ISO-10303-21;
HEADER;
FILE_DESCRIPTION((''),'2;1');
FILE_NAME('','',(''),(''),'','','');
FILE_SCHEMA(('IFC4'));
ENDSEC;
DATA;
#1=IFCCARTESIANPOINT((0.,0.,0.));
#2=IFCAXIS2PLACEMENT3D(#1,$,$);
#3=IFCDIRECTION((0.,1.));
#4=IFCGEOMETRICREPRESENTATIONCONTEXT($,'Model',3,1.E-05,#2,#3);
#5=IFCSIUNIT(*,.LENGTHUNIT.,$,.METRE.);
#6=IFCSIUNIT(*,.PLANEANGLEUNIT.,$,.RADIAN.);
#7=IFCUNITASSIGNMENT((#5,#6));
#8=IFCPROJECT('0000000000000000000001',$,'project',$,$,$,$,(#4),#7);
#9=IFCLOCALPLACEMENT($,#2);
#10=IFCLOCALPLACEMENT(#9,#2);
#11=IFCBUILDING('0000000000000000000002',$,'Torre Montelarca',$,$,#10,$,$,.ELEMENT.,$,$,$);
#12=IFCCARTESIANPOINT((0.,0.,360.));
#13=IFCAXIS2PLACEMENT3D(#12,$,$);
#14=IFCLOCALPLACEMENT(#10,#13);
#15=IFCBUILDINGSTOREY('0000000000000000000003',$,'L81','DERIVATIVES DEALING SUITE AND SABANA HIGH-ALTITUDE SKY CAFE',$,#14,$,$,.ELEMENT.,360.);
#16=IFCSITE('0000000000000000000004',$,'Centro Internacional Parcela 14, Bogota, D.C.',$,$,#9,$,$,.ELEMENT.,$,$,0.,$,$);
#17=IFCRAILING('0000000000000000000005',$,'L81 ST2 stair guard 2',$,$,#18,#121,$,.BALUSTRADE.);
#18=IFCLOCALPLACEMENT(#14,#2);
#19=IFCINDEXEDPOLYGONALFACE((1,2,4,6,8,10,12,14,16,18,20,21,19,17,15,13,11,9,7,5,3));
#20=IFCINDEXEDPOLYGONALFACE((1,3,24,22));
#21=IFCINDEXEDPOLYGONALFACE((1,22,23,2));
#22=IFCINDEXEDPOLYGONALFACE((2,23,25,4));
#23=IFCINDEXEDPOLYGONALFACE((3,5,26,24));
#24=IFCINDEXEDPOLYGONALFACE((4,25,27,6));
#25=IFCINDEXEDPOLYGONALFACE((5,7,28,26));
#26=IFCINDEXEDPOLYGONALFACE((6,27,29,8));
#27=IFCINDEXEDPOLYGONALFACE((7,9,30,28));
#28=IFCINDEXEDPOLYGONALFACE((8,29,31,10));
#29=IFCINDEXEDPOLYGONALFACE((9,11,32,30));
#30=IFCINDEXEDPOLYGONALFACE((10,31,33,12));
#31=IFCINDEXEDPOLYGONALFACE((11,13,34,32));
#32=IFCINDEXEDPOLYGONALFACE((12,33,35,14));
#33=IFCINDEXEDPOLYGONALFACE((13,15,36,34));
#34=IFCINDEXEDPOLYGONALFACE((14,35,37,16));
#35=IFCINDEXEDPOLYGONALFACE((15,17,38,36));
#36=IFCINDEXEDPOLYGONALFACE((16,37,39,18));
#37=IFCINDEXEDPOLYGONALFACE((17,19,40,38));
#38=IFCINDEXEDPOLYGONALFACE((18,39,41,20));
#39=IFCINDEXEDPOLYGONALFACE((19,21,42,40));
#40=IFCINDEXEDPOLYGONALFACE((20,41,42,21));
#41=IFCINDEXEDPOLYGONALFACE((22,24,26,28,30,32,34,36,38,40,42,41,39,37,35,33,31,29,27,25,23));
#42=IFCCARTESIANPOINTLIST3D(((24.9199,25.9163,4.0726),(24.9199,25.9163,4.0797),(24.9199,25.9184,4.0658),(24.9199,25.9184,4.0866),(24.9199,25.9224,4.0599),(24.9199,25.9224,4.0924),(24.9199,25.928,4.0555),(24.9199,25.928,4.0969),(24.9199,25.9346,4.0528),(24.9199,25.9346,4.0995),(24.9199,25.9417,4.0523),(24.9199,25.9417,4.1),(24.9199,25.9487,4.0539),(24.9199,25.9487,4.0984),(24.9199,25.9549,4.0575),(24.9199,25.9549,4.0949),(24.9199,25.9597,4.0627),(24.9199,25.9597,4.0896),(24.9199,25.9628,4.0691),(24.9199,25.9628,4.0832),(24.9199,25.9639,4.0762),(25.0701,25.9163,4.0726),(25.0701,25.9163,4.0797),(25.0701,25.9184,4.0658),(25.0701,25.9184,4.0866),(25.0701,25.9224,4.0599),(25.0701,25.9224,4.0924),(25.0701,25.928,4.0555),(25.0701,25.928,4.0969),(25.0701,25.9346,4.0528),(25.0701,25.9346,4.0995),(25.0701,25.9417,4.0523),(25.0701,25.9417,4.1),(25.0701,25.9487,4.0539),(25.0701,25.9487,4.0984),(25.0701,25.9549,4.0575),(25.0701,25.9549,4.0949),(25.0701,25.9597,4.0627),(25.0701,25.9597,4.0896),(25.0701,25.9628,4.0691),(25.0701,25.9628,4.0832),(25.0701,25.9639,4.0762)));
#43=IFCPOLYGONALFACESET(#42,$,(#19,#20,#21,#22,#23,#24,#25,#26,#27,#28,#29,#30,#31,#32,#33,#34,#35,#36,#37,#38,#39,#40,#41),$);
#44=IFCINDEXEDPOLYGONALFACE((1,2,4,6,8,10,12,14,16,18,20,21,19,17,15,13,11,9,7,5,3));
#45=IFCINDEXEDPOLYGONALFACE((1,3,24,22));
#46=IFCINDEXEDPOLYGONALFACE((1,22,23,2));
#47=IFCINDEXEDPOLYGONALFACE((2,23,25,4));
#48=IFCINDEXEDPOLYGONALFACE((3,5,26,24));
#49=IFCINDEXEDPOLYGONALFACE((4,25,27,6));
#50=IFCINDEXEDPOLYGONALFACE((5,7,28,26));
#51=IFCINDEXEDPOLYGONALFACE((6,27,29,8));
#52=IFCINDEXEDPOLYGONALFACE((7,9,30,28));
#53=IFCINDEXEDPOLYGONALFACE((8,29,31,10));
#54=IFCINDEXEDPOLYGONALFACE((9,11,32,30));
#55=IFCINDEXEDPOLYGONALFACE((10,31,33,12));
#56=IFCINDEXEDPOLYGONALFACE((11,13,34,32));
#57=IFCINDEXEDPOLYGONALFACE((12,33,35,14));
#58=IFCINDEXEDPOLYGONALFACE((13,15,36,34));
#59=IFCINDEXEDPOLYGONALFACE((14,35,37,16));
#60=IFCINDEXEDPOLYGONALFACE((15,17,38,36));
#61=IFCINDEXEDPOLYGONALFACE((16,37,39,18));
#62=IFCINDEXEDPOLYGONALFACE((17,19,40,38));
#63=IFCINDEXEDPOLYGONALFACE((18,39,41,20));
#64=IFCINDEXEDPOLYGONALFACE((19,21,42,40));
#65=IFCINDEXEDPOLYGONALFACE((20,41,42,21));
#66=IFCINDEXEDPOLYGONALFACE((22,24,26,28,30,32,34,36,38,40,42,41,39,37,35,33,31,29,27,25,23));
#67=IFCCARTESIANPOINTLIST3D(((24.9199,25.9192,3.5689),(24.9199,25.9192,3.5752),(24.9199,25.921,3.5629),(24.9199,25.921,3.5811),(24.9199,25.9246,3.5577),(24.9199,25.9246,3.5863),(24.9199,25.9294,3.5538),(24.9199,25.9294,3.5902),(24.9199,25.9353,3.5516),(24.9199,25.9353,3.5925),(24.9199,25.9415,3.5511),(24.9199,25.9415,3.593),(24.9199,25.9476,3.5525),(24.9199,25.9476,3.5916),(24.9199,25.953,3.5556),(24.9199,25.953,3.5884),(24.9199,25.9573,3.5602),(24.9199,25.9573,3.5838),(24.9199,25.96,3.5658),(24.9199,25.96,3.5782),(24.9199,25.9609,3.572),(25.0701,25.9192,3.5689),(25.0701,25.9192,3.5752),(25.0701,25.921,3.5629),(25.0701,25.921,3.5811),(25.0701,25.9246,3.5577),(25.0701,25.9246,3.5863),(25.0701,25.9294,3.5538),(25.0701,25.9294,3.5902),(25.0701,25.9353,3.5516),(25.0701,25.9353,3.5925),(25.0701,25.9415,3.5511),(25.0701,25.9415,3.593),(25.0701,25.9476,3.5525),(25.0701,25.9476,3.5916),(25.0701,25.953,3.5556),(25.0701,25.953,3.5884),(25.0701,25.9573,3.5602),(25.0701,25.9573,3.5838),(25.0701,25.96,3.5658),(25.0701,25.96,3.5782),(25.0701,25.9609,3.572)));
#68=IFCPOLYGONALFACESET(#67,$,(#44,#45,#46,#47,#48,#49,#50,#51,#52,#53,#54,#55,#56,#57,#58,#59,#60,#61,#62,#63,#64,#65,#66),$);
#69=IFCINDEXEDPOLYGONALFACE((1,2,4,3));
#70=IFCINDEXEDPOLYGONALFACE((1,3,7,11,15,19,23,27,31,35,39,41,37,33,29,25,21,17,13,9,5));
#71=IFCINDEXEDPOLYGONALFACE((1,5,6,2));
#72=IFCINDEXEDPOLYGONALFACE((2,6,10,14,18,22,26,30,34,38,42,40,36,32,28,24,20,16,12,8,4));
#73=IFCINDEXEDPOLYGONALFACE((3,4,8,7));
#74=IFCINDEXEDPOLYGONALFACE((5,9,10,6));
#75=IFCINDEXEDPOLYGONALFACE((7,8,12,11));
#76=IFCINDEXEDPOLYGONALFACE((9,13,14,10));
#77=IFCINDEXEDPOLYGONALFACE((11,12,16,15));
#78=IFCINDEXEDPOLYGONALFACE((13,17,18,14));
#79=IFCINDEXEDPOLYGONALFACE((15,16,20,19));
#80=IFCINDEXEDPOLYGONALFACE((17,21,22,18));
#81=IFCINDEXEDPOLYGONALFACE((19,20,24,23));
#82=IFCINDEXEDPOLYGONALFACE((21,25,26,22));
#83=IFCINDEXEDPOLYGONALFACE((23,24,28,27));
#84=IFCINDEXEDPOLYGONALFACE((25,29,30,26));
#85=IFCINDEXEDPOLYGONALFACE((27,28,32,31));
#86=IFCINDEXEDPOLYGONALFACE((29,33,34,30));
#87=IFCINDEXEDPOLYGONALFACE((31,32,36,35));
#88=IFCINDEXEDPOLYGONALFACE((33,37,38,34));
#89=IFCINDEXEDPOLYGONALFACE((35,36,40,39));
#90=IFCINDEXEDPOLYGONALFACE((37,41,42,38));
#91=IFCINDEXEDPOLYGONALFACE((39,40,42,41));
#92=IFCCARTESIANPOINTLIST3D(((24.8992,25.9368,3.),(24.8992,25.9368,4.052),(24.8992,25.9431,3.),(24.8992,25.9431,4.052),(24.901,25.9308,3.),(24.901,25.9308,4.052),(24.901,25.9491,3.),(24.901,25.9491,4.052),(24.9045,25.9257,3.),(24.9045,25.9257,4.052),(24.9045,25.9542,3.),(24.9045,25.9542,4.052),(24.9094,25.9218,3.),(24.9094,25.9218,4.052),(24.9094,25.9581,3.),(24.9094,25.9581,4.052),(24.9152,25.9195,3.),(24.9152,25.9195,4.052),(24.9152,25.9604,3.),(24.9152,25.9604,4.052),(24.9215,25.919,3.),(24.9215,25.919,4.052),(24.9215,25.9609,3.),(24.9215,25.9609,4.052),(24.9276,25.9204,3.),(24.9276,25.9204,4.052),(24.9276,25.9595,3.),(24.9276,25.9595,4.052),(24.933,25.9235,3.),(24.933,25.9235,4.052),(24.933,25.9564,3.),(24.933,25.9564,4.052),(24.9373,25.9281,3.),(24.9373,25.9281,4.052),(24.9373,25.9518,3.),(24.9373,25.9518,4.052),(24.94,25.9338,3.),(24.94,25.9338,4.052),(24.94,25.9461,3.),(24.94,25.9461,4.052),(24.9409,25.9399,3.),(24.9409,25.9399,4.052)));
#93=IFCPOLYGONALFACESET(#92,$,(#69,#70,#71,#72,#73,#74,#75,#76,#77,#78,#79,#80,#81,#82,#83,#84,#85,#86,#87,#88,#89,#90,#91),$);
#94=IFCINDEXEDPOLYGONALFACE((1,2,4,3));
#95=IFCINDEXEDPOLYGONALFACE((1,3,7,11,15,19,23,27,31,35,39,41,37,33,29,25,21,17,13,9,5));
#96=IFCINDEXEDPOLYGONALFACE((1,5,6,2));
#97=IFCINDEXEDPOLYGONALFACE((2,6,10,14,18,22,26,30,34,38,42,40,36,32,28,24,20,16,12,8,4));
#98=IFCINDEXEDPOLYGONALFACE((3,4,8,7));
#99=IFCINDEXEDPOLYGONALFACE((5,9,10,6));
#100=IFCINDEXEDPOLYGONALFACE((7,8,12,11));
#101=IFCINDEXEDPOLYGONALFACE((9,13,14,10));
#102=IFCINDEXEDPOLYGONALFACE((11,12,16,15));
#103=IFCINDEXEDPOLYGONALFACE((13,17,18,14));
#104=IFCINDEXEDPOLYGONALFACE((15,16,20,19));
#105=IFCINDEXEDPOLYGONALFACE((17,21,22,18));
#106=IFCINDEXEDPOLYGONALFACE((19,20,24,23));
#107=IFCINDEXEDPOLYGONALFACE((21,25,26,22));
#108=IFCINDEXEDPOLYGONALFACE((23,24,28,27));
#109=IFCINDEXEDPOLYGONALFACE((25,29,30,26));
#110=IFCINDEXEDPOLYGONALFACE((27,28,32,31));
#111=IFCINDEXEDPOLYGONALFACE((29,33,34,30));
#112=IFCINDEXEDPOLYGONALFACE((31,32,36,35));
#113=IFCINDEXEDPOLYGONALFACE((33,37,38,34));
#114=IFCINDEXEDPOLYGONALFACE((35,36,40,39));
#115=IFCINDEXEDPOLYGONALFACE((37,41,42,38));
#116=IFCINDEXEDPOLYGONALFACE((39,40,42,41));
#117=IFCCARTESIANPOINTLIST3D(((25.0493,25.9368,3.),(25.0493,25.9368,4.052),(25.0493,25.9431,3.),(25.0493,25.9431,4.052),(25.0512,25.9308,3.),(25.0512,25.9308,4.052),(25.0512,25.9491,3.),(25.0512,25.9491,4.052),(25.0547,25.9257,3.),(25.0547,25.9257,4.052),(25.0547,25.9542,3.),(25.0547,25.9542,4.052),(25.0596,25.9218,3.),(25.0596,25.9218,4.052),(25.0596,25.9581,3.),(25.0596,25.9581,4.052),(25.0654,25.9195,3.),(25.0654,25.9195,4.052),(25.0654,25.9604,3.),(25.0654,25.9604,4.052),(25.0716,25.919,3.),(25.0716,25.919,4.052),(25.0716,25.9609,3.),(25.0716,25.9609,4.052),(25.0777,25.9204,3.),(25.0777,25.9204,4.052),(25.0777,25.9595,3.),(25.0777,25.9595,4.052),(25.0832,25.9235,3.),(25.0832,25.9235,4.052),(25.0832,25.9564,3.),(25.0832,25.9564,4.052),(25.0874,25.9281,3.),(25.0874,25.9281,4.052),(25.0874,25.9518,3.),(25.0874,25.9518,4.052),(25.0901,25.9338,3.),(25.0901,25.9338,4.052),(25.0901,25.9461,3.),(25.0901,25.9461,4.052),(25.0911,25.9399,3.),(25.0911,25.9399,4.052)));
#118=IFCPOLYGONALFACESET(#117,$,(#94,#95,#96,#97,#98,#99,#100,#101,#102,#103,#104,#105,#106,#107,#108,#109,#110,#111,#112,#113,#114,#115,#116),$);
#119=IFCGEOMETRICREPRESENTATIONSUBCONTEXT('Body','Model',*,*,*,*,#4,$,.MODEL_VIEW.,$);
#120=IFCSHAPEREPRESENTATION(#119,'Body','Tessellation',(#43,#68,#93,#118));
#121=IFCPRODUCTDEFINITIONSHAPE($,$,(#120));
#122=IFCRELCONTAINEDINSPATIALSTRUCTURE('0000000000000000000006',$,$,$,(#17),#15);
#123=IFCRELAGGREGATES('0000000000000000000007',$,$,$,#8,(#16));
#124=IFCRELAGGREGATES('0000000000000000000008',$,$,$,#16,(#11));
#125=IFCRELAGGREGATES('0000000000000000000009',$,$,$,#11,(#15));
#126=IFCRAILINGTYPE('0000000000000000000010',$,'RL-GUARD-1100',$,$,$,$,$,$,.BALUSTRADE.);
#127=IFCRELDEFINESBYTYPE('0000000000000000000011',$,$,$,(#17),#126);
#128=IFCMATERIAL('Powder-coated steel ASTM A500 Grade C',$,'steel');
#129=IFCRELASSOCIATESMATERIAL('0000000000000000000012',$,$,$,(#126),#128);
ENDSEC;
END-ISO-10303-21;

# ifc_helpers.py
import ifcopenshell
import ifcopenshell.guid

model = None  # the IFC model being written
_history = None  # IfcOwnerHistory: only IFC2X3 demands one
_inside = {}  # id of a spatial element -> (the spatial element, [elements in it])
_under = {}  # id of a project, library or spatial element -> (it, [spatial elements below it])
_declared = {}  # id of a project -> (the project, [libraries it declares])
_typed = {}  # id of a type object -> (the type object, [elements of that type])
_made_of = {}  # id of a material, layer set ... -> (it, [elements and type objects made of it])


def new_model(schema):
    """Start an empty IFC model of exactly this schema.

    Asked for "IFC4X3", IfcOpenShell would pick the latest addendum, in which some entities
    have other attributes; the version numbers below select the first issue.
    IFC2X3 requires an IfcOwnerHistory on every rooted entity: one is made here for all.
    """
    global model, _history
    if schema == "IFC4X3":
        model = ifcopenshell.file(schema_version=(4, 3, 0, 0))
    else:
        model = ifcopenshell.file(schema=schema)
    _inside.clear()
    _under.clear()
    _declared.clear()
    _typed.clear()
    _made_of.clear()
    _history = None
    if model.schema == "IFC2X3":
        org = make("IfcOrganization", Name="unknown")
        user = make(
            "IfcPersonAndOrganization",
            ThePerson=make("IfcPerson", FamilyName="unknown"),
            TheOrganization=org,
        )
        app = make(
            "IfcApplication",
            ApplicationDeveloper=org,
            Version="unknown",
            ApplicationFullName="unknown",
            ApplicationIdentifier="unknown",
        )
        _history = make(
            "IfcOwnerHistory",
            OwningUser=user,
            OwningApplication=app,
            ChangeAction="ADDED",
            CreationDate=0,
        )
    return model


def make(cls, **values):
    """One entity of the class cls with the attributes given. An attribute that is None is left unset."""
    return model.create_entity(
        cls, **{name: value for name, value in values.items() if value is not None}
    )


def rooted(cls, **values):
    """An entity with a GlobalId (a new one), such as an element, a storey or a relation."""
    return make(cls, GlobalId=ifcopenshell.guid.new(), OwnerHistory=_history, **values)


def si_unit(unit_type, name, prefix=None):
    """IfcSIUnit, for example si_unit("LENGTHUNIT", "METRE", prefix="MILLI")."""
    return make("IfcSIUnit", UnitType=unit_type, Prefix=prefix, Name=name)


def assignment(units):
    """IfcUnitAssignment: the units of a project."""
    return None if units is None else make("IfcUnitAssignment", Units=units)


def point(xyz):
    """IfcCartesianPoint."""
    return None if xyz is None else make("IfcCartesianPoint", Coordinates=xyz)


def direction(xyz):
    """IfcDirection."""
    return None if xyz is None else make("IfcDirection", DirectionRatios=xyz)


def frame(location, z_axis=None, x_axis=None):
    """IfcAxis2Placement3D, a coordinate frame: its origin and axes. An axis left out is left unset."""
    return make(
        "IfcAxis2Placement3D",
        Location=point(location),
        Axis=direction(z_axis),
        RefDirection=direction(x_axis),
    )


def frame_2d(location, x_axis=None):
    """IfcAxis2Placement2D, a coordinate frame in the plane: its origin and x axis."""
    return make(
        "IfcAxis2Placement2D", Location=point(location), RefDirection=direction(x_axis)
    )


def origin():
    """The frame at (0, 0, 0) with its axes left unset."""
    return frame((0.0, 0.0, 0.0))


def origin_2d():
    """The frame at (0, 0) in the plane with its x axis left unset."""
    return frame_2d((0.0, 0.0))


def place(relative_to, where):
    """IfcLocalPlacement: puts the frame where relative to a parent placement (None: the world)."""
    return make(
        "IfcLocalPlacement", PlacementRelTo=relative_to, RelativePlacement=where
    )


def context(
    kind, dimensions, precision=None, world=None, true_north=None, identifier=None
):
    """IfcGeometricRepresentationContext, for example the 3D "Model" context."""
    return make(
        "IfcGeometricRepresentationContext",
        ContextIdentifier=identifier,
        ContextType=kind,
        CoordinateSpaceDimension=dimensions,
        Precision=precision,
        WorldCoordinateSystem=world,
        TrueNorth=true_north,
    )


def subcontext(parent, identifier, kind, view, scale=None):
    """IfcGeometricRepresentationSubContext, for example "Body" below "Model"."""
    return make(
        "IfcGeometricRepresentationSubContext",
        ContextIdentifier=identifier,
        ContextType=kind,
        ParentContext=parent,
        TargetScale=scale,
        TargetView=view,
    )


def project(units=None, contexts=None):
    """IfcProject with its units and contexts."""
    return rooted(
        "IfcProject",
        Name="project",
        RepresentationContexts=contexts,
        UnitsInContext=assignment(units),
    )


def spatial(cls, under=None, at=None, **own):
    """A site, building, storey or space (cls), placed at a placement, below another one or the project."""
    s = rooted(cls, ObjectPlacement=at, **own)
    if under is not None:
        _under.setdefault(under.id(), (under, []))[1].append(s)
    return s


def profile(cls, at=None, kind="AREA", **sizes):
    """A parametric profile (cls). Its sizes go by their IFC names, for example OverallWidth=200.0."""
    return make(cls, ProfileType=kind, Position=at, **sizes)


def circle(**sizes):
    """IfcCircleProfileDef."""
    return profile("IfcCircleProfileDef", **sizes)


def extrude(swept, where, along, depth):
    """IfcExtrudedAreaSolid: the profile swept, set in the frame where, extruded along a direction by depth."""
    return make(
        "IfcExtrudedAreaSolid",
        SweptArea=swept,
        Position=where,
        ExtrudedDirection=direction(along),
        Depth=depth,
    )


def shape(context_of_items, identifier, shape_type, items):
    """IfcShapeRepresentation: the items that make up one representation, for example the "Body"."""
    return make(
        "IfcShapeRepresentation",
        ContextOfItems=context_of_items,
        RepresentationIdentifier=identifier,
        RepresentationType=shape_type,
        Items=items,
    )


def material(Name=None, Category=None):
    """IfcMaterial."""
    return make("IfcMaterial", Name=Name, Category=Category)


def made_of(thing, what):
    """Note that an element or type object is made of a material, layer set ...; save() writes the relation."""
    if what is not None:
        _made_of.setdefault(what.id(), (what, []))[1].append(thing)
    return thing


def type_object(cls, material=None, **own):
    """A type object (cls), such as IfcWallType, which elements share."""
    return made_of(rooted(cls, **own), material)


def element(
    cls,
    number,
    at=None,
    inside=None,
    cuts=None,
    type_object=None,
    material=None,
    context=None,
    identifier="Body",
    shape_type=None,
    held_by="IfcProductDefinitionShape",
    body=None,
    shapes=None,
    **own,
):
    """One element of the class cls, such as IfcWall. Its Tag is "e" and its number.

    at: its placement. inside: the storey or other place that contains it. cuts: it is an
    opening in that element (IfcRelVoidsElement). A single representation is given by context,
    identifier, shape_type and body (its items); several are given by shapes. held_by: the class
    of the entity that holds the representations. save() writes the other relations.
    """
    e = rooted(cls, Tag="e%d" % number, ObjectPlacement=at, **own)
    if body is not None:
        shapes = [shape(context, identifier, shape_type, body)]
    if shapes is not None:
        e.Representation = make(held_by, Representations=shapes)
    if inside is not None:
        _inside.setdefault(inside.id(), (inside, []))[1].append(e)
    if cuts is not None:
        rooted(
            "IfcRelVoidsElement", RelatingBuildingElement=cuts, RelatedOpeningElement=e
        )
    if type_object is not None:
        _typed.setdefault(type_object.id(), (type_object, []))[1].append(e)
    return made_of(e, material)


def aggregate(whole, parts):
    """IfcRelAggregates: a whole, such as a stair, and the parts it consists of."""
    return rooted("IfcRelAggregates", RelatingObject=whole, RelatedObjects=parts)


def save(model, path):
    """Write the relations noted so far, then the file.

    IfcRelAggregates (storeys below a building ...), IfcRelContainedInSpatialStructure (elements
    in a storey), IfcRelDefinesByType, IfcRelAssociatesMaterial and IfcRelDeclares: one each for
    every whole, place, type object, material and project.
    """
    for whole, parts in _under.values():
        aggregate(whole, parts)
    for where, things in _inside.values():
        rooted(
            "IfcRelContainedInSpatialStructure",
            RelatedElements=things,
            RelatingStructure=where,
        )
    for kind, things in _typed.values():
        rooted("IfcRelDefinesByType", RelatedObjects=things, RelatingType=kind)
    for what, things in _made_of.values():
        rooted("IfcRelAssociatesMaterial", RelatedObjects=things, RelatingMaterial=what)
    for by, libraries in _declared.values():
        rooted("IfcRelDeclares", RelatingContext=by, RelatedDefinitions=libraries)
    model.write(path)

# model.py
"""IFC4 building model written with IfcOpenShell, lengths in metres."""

from ifc_helpers import new_model, si_unit, direction, frame, origin, origin_2d, place, context, subcontext, project, spatial, circle, extrude, material, type_object, element, save


model = new_model("IFC4")

# Units and contexts
model_context = context("Model", 3, precision=1e-05, world=origin(), true_north=direction((0.0, 1.0)))
body_context = subcontext(model_context, "Body", "Model", "MODEL_VIEW")
ifc_project = project(units=[si_unit("LENGTHUNIT", "METRE"), si_unit("PLANEANGLEUNIT", "RADIAN")], contexts=[model_context])

# Site, building, storey
site_placement = place(None, origin())
site = spatial("IfcSite", under=ifc_project, at=site_placement, Name="Centro Internacional Parcela 14, Bogota, D.C.", CompositionType="ELEMENT", RefElevation=0.0)
building_placement = place(site_placement, origin())
building = spatial("IfcBuilding", under=site, at=building_placement, Name="Torre Montelarca", CompositionType="ELEMENT")
storey_placement = place(building_placement, frame((0.0, 0.0, 360.0)))
storey = spatial("IfcBuildingStorey", under=building, at=storey_placement, Name="L81", Description="DERIVATIVES DEALING SUITE AND SABANA HIGH-ALTITUDE SKY CAFE", CompositionType="ELEMENT", Elevation=360.0)

# Railing
ifc_material_1 = material(Name="Powder-coated steel ASTM A500 Grade C", Category="steel")
railing_type_1 = type_object("IfcRailingType", Name="RL-GUARD-1100", PredefinedType="BALUSTRADE", material=ifc_material_1)
railing_1_placement = place(storey_placement, frame((24.9199, 25.9399, 3.0)))
element("IfcRailing", 1, at=railing_1_placement, inside=storey, type_object=railing_type_1, Name="L81 ST2 stair guard 2", PredefinedType="BALUSTRADE", context=body_context, shape_type="SweptSolid", body=[
    extrude(circle(Radius=0.0239, at=origin_2d()), frame((0.0, 0.0, 1.0762), z_axis=(1.0, 0.0, 0.0), x_axis=(0.0, 1.0, 0.0)), (0.0, 0.0, 1.0), 0.1501),
    extrude(circle(Radius=0.021, at=origin_2d()), frame((0.0, 0.0, 0.572), z_axis=(1.0, 0.0, 0.0), x_axis=(0.0, 1.0, 0.0)), (0.0, 0.0, 1.0), 0.1501),
    extrude(circle(Radius=0.021, at=origin_2d()), origin(), (0.0, 0.0, 1.0), 1.052),
    extrude(circle(Radius=0.021, at=origin_2d()), frame((0.1501, 0.0, 0.0)), (0.0, 0.0, 1.0), 1.052),
])

save(model, "model.ifc")
